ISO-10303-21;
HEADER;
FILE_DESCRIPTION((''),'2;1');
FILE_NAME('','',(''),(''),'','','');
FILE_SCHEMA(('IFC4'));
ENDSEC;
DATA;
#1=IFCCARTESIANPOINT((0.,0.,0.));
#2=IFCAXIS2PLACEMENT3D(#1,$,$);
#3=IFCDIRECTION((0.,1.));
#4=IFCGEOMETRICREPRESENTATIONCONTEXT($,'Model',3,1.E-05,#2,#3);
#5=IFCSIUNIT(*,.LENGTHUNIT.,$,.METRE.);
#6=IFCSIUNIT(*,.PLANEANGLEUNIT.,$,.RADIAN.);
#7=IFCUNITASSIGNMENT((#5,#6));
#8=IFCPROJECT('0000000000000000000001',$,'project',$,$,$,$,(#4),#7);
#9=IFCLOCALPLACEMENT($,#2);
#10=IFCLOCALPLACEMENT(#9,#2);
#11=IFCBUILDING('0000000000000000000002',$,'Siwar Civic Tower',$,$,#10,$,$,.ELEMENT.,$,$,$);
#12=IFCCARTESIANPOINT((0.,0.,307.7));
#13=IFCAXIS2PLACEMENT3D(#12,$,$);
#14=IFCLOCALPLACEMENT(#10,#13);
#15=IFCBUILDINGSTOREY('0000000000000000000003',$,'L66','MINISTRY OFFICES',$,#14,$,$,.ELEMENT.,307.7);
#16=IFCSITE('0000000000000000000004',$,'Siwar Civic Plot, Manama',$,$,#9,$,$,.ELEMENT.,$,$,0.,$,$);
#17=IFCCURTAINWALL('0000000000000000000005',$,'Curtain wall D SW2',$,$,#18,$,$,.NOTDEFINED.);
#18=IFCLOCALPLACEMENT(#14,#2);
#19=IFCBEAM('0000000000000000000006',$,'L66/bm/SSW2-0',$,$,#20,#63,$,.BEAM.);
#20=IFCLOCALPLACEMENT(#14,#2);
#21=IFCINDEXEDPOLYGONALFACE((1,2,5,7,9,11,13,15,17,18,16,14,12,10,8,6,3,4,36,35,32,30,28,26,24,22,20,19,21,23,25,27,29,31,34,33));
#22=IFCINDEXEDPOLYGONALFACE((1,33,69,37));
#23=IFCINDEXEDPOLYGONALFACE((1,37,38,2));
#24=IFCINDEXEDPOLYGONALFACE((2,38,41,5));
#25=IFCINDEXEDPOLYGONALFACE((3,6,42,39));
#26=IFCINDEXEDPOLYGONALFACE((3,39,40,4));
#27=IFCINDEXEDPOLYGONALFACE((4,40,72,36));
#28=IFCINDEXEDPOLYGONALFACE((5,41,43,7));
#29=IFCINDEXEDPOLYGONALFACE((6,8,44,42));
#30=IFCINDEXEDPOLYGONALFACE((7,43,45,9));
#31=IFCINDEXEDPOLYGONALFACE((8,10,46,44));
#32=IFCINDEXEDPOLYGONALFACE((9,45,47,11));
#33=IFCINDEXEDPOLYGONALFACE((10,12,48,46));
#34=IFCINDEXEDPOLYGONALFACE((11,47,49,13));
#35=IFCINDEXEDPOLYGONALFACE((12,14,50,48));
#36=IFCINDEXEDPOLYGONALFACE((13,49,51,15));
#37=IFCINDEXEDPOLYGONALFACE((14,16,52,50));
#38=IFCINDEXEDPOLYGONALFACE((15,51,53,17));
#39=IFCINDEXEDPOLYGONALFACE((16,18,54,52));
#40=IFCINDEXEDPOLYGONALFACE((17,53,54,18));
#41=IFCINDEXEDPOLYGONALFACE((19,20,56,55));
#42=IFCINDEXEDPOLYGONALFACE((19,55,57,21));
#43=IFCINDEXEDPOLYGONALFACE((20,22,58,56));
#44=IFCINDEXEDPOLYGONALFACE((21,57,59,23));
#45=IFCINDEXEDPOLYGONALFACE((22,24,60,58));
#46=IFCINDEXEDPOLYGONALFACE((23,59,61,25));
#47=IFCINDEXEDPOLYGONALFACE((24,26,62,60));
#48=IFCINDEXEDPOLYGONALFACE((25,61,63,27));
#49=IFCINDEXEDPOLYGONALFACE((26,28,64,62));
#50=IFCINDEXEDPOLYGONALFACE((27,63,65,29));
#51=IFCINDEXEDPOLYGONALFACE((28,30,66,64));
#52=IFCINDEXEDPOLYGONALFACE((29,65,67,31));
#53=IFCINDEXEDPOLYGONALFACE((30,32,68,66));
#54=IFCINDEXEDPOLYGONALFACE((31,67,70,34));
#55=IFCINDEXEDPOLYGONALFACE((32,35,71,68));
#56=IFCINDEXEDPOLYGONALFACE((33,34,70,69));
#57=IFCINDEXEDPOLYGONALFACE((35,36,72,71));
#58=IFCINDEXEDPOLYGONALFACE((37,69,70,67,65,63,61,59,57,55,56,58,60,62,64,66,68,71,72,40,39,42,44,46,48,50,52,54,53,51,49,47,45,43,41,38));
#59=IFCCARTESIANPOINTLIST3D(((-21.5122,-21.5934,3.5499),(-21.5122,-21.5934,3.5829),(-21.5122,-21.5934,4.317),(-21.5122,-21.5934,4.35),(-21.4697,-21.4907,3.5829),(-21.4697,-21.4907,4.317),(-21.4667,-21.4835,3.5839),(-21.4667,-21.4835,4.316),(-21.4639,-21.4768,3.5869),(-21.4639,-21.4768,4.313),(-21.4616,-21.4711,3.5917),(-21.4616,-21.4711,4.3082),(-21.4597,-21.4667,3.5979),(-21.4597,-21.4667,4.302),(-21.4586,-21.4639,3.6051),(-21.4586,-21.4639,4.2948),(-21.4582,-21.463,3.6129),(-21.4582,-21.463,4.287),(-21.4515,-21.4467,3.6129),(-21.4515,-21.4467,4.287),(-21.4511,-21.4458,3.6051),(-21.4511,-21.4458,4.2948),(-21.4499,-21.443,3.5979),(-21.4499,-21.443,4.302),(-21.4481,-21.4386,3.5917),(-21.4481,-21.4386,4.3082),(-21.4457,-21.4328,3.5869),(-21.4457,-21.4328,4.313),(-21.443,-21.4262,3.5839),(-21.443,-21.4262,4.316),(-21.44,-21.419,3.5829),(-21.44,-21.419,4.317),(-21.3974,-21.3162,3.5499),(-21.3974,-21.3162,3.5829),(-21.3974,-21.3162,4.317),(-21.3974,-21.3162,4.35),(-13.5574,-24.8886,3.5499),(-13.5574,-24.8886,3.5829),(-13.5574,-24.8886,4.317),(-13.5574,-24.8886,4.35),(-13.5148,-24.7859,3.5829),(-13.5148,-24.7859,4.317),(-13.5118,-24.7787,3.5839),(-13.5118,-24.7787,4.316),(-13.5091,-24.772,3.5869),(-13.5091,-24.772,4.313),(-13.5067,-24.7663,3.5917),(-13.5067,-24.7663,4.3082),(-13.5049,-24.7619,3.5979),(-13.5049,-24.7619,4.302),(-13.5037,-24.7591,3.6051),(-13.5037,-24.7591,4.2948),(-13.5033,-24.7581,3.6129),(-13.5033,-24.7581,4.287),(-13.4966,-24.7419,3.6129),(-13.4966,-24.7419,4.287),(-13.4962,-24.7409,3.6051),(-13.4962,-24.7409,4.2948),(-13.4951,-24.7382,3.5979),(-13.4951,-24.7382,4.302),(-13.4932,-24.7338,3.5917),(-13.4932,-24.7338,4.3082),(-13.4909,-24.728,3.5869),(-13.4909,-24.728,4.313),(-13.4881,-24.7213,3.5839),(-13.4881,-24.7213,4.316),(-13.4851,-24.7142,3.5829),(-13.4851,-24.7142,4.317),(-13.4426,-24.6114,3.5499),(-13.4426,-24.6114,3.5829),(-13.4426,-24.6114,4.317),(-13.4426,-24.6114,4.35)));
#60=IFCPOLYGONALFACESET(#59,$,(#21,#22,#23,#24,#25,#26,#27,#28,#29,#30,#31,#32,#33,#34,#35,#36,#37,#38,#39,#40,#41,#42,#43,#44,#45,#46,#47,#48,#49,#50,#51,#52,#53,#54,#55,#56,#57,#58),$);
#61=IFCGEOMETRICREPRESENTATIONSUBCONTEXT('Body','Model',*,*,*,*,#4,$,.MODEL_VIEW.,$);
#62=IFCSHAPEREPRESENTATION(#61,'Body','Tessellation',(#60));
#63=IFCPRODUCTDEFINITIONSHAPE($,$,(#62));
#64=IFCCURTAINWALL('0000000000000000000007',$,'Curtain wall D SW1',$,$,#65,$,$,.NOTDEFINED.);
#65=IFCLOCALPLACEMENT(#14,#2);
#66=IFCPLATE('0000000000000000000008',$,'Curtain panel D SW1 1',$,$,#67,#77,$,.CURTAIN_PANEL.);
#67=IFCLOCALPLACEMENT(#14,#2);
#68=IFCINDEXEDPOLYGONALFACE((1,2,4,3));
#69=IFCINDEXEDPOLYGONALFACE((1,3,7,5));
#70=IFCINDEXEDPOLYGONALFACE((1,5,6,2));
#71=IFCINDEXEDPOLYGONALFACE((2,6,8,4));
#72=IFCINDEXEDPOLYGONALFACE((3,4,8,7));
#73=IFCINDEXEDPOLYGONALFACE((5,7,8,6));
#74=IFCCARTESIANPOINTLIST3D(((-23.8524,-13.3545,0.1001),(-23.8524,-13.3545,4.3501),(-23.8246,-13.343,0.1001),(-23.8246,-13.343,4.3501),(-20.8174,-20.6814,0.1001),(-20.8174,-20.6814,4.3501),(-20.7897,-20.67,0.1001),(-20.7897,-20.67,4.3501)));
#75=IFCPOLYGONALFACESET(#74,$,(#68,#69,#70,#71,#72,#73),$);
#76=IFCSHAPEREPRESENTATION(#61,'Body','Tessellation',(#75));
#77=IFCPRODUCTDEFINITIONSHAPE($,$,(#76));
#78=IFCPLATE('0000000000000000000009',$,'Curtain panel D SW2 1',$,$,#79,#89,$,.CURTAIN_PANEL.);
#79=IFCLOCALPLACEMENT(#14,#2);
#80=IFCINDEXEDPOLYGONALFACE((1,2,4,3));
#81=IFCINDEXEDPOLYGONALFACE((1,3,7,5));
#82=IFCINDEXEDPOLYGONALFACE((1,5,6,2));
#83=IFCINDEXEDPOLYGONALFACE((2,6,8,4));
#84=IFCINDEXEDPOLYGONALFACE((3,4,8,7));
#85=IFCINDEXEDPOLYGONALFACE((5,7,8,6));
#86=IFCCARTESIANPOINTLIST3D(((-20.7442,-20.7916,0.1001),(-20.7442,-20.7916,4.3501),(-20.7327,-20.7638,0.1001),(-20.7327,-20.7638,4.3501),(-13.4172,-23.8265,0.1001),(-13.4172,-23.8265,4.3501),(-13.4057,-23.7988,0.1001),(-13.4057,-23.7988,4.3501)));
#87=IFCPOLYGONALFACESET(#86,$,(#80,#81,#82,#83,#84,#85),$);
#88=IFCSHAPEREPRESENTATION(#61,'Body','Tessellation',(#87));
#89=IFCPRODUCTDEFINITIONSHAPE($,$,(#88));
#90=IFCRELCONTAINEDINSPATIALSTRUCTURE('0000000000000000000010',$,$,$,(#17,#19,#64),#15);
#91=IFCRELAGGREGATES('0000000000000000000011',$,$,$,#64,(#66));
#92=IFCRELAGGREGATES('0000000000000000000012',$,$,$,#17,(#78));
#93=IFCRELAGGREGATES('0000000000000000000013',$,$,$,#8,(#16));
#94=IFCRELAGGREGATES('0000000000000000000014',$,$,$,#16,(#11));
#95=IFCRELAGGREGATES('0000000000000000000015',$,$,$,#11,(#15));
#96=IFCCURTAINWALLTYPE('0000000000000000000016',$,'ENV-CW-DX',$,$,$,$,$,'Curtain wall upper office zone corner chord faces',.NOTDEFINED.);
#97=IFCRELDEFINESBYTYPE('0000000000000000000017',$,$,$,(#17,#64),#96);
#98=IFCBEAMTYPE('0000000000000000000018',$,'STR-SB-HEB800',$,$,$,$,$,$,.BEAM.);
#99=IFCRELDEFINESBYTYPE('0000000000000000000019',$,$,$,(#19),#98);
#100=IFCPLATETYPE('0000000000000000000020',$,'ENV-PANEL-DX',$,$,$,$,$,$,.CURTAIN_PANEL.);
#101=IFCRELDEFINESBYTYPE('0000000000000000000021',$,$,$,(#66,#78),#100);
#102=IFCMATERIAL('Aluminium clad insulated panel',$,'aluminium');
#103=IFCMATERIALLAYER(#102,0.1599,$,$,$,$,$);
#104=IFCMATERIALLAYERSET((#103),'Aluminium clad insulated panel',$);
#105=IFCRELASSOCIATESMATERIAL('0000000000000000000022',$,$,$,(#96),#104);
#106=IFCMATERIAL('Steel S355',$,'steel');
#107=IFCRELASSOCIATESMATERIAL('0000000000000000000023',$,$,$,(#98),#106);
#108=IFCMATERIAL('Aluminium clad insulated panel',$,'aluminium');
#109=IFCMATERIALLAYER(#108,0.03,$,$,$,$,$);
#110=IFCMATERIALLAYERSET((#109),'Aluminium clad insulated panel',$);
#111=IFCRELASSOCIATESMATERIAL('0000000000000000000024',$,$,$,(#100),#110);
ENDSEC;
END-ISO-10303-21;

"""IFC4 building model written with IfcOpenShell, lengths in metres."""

from ifc_helpers import new_model, si_unit, direction, frame, origin, origin_2d, place, context, subcontext, project, spatial, rectangle, i_section, extrude, material, layer, layer_set, material_profile, profile_set, type_object, element, aggregate, save


model = new_model("IFC4")

# Units and contexts
model_context = context("Model", 3, precision=1e-05, world=origin(), true_north=direction((0.0, 1.0)))
body_context = subcontext(model_context, "Body", "Model", "MODEL_VIEW")
ifc_project = project(units=[si_unit("LENGTHUNIT", "METRE"), si_unit("PLANEANGLEUNIT", "RADIAN")], contexts=[model_context])

# Site, building, storey
site_placement = place(None, origin())
site = spatial("IfcSite", under=ifc_project, at=site_placement, Name="Siwar Civic Plot, Manama", CompositionType="ELEMENT", RefElevation=0.0)
building_placement = place(site_placement, origin())
building = spatial("IfcBuilding", under=site, at=building_placement, Name="Siwar Civic Tower", CompositionType="ELEMENT")
storey_placement = place(building_placement, frame((0.0, 0.0, 307.7)))
storey = spatial("IfcBuildingStorey", under=building, at=storey_placement, Name="L66", Description="MINISTRY OFFICES", CompositionType="ELEMENT", Elevation=307.7)

# Curtain wall
ifc_material_1 = material(Name="Aluminium clad insulated panel", Category="aluminium")
ifc_layer_1 = layer(ifc_material_1, 0.1599)
ifc_layer_set_1 = layer_set([ifc_layer_1], Name="Aluminium clad insulated panel")
curtain_wall_type = type_object("IfcCurtainWallType", Name="ENV-CW-DX", ElementType="Curtain wall upper office zone corner chord faces", PredefinedType="NOTDEFINED", material=ifc_layer_set_1)
curtain_wall_1_placement = place(storey_placement, origin())
curtain_wall_1 = element("IfcCurtainWall", 1, at=curtain_wall_1_placement, inside=storey, type_object=curtain_wall_type, Name="Curtain wall D SW2", PredefinedType="NOTDEFINED")

# Beam
ifc_material_2 = material(Name="Steel S355", Category="steel")
ifc_material_profile_1 = material_profile(ifc_material_2, i_section(OverallWidth=0.3, OverallDepth=0.8, WebThickness=0.0176, FlangeThickness=0.033, FilletRadius=0.03, at=origin_2d()), Name="HEB800")
ifc_profile_set_1 = profile_set([ifc_material_profile_1], Name="Steel S355")
beam_type_1 = type_object("IfcBeamType", Name="STR-SB-HEB800", PredefinedType="BEAM", material=ifc_profile_set_1)
beam_1_placement = place(storey_placement, frame((-21.4548, -21.4548, 3.95), z_axis=(0.923873, -0.3827, 0.0), x_axis=(0.3827, 0.923873, 0.0)))
element("IfcBeam", 2, at=beam_1_placement, inside=storey, type_object=beam_type_1, Name="L66/bm/SSW2-0", PredefinedType="BEAM", context=body_context, shape_type="SweptSolid", body=[
    extrude(i_section(OverallWidth=0.3, OverallDepth=0.8, WebThickness=0.0176, FlangeThickness=0.033, FilletRadius=0.03, at=origin_2d()), origin(), (0.0, 0.0, 1.0), 8.6104),
])

# Curtain wall, plate
curtain_wall_2_placement = place(storey_placement, origin())
curtain_wall_2 = element("IfcCurtainWall", 3, at=curtain_wall_2_placement, inside=storey, type_object=curtain_wall_type, Name="Curtain wall D SW1", PredefinedType="NOTDEFINED")
ifc_material_3 = material(Name="Aluminium clad insulated panel", Category="aluminium")
ifc_layer_2 = layer(ifc_material_3, 0.03)
ifc_layer_set_2 = layer_set([ifc_layer_2], Name="Aluminium clad insulated panel")
plate_type = type_object("IfcPlateType", Name="ENV-PANEL-DX", PredefinedType="CURTAIN_PANEL", material=ifc_layer_set_2)
plate_1_placement = place(storey_placement, frame((-22.321, -17.0122, 0.1001), z_axis=(0.0, 0.0, 1.0), x_axis=(0.382683, -0.92388, 0.0)))
plate_1 = element("IfcPlate", 4, at=plate_1_placement, type_object=plate_type, Name="Curtain panel D SW1 1", PredefinedType="CURTAIN_PANEL", context=body_context, shape_type="SweptSolid", body=[
    extrude(rectangle(XDim=7.9307, YDim=0.03, at=origin_2d()), origin(), (0.0, 0.0, 1.0), 4.25),
])
aggregate(curtain_wall_2, [plate_1])

# Plate
plate_2_placement = place(storey_placement, frame((-17.075, -22.2952, 0.1001), z_axis=(0.0, 0.0, 1.0), x_axis=(0.92388, -0.382683, 0.0)))
plate_2 = element("IfcPlate", 5, at=plate_2_placement, type_object=plate_type, Name="Curtain panel D SW2 1", PredefinedType="CURTAIN_PANEL", context=body_context, shape_type="SweptSolid", body=[
    extrude(rectangle(XDim=7.9307, YDim=0.03, at=origin_2d()), origin(), (0.0, 0.0, 1.0), 4.25),
])
aggregate(curtain_wall_1, [plate_2])

save(model, "model.ifc")
